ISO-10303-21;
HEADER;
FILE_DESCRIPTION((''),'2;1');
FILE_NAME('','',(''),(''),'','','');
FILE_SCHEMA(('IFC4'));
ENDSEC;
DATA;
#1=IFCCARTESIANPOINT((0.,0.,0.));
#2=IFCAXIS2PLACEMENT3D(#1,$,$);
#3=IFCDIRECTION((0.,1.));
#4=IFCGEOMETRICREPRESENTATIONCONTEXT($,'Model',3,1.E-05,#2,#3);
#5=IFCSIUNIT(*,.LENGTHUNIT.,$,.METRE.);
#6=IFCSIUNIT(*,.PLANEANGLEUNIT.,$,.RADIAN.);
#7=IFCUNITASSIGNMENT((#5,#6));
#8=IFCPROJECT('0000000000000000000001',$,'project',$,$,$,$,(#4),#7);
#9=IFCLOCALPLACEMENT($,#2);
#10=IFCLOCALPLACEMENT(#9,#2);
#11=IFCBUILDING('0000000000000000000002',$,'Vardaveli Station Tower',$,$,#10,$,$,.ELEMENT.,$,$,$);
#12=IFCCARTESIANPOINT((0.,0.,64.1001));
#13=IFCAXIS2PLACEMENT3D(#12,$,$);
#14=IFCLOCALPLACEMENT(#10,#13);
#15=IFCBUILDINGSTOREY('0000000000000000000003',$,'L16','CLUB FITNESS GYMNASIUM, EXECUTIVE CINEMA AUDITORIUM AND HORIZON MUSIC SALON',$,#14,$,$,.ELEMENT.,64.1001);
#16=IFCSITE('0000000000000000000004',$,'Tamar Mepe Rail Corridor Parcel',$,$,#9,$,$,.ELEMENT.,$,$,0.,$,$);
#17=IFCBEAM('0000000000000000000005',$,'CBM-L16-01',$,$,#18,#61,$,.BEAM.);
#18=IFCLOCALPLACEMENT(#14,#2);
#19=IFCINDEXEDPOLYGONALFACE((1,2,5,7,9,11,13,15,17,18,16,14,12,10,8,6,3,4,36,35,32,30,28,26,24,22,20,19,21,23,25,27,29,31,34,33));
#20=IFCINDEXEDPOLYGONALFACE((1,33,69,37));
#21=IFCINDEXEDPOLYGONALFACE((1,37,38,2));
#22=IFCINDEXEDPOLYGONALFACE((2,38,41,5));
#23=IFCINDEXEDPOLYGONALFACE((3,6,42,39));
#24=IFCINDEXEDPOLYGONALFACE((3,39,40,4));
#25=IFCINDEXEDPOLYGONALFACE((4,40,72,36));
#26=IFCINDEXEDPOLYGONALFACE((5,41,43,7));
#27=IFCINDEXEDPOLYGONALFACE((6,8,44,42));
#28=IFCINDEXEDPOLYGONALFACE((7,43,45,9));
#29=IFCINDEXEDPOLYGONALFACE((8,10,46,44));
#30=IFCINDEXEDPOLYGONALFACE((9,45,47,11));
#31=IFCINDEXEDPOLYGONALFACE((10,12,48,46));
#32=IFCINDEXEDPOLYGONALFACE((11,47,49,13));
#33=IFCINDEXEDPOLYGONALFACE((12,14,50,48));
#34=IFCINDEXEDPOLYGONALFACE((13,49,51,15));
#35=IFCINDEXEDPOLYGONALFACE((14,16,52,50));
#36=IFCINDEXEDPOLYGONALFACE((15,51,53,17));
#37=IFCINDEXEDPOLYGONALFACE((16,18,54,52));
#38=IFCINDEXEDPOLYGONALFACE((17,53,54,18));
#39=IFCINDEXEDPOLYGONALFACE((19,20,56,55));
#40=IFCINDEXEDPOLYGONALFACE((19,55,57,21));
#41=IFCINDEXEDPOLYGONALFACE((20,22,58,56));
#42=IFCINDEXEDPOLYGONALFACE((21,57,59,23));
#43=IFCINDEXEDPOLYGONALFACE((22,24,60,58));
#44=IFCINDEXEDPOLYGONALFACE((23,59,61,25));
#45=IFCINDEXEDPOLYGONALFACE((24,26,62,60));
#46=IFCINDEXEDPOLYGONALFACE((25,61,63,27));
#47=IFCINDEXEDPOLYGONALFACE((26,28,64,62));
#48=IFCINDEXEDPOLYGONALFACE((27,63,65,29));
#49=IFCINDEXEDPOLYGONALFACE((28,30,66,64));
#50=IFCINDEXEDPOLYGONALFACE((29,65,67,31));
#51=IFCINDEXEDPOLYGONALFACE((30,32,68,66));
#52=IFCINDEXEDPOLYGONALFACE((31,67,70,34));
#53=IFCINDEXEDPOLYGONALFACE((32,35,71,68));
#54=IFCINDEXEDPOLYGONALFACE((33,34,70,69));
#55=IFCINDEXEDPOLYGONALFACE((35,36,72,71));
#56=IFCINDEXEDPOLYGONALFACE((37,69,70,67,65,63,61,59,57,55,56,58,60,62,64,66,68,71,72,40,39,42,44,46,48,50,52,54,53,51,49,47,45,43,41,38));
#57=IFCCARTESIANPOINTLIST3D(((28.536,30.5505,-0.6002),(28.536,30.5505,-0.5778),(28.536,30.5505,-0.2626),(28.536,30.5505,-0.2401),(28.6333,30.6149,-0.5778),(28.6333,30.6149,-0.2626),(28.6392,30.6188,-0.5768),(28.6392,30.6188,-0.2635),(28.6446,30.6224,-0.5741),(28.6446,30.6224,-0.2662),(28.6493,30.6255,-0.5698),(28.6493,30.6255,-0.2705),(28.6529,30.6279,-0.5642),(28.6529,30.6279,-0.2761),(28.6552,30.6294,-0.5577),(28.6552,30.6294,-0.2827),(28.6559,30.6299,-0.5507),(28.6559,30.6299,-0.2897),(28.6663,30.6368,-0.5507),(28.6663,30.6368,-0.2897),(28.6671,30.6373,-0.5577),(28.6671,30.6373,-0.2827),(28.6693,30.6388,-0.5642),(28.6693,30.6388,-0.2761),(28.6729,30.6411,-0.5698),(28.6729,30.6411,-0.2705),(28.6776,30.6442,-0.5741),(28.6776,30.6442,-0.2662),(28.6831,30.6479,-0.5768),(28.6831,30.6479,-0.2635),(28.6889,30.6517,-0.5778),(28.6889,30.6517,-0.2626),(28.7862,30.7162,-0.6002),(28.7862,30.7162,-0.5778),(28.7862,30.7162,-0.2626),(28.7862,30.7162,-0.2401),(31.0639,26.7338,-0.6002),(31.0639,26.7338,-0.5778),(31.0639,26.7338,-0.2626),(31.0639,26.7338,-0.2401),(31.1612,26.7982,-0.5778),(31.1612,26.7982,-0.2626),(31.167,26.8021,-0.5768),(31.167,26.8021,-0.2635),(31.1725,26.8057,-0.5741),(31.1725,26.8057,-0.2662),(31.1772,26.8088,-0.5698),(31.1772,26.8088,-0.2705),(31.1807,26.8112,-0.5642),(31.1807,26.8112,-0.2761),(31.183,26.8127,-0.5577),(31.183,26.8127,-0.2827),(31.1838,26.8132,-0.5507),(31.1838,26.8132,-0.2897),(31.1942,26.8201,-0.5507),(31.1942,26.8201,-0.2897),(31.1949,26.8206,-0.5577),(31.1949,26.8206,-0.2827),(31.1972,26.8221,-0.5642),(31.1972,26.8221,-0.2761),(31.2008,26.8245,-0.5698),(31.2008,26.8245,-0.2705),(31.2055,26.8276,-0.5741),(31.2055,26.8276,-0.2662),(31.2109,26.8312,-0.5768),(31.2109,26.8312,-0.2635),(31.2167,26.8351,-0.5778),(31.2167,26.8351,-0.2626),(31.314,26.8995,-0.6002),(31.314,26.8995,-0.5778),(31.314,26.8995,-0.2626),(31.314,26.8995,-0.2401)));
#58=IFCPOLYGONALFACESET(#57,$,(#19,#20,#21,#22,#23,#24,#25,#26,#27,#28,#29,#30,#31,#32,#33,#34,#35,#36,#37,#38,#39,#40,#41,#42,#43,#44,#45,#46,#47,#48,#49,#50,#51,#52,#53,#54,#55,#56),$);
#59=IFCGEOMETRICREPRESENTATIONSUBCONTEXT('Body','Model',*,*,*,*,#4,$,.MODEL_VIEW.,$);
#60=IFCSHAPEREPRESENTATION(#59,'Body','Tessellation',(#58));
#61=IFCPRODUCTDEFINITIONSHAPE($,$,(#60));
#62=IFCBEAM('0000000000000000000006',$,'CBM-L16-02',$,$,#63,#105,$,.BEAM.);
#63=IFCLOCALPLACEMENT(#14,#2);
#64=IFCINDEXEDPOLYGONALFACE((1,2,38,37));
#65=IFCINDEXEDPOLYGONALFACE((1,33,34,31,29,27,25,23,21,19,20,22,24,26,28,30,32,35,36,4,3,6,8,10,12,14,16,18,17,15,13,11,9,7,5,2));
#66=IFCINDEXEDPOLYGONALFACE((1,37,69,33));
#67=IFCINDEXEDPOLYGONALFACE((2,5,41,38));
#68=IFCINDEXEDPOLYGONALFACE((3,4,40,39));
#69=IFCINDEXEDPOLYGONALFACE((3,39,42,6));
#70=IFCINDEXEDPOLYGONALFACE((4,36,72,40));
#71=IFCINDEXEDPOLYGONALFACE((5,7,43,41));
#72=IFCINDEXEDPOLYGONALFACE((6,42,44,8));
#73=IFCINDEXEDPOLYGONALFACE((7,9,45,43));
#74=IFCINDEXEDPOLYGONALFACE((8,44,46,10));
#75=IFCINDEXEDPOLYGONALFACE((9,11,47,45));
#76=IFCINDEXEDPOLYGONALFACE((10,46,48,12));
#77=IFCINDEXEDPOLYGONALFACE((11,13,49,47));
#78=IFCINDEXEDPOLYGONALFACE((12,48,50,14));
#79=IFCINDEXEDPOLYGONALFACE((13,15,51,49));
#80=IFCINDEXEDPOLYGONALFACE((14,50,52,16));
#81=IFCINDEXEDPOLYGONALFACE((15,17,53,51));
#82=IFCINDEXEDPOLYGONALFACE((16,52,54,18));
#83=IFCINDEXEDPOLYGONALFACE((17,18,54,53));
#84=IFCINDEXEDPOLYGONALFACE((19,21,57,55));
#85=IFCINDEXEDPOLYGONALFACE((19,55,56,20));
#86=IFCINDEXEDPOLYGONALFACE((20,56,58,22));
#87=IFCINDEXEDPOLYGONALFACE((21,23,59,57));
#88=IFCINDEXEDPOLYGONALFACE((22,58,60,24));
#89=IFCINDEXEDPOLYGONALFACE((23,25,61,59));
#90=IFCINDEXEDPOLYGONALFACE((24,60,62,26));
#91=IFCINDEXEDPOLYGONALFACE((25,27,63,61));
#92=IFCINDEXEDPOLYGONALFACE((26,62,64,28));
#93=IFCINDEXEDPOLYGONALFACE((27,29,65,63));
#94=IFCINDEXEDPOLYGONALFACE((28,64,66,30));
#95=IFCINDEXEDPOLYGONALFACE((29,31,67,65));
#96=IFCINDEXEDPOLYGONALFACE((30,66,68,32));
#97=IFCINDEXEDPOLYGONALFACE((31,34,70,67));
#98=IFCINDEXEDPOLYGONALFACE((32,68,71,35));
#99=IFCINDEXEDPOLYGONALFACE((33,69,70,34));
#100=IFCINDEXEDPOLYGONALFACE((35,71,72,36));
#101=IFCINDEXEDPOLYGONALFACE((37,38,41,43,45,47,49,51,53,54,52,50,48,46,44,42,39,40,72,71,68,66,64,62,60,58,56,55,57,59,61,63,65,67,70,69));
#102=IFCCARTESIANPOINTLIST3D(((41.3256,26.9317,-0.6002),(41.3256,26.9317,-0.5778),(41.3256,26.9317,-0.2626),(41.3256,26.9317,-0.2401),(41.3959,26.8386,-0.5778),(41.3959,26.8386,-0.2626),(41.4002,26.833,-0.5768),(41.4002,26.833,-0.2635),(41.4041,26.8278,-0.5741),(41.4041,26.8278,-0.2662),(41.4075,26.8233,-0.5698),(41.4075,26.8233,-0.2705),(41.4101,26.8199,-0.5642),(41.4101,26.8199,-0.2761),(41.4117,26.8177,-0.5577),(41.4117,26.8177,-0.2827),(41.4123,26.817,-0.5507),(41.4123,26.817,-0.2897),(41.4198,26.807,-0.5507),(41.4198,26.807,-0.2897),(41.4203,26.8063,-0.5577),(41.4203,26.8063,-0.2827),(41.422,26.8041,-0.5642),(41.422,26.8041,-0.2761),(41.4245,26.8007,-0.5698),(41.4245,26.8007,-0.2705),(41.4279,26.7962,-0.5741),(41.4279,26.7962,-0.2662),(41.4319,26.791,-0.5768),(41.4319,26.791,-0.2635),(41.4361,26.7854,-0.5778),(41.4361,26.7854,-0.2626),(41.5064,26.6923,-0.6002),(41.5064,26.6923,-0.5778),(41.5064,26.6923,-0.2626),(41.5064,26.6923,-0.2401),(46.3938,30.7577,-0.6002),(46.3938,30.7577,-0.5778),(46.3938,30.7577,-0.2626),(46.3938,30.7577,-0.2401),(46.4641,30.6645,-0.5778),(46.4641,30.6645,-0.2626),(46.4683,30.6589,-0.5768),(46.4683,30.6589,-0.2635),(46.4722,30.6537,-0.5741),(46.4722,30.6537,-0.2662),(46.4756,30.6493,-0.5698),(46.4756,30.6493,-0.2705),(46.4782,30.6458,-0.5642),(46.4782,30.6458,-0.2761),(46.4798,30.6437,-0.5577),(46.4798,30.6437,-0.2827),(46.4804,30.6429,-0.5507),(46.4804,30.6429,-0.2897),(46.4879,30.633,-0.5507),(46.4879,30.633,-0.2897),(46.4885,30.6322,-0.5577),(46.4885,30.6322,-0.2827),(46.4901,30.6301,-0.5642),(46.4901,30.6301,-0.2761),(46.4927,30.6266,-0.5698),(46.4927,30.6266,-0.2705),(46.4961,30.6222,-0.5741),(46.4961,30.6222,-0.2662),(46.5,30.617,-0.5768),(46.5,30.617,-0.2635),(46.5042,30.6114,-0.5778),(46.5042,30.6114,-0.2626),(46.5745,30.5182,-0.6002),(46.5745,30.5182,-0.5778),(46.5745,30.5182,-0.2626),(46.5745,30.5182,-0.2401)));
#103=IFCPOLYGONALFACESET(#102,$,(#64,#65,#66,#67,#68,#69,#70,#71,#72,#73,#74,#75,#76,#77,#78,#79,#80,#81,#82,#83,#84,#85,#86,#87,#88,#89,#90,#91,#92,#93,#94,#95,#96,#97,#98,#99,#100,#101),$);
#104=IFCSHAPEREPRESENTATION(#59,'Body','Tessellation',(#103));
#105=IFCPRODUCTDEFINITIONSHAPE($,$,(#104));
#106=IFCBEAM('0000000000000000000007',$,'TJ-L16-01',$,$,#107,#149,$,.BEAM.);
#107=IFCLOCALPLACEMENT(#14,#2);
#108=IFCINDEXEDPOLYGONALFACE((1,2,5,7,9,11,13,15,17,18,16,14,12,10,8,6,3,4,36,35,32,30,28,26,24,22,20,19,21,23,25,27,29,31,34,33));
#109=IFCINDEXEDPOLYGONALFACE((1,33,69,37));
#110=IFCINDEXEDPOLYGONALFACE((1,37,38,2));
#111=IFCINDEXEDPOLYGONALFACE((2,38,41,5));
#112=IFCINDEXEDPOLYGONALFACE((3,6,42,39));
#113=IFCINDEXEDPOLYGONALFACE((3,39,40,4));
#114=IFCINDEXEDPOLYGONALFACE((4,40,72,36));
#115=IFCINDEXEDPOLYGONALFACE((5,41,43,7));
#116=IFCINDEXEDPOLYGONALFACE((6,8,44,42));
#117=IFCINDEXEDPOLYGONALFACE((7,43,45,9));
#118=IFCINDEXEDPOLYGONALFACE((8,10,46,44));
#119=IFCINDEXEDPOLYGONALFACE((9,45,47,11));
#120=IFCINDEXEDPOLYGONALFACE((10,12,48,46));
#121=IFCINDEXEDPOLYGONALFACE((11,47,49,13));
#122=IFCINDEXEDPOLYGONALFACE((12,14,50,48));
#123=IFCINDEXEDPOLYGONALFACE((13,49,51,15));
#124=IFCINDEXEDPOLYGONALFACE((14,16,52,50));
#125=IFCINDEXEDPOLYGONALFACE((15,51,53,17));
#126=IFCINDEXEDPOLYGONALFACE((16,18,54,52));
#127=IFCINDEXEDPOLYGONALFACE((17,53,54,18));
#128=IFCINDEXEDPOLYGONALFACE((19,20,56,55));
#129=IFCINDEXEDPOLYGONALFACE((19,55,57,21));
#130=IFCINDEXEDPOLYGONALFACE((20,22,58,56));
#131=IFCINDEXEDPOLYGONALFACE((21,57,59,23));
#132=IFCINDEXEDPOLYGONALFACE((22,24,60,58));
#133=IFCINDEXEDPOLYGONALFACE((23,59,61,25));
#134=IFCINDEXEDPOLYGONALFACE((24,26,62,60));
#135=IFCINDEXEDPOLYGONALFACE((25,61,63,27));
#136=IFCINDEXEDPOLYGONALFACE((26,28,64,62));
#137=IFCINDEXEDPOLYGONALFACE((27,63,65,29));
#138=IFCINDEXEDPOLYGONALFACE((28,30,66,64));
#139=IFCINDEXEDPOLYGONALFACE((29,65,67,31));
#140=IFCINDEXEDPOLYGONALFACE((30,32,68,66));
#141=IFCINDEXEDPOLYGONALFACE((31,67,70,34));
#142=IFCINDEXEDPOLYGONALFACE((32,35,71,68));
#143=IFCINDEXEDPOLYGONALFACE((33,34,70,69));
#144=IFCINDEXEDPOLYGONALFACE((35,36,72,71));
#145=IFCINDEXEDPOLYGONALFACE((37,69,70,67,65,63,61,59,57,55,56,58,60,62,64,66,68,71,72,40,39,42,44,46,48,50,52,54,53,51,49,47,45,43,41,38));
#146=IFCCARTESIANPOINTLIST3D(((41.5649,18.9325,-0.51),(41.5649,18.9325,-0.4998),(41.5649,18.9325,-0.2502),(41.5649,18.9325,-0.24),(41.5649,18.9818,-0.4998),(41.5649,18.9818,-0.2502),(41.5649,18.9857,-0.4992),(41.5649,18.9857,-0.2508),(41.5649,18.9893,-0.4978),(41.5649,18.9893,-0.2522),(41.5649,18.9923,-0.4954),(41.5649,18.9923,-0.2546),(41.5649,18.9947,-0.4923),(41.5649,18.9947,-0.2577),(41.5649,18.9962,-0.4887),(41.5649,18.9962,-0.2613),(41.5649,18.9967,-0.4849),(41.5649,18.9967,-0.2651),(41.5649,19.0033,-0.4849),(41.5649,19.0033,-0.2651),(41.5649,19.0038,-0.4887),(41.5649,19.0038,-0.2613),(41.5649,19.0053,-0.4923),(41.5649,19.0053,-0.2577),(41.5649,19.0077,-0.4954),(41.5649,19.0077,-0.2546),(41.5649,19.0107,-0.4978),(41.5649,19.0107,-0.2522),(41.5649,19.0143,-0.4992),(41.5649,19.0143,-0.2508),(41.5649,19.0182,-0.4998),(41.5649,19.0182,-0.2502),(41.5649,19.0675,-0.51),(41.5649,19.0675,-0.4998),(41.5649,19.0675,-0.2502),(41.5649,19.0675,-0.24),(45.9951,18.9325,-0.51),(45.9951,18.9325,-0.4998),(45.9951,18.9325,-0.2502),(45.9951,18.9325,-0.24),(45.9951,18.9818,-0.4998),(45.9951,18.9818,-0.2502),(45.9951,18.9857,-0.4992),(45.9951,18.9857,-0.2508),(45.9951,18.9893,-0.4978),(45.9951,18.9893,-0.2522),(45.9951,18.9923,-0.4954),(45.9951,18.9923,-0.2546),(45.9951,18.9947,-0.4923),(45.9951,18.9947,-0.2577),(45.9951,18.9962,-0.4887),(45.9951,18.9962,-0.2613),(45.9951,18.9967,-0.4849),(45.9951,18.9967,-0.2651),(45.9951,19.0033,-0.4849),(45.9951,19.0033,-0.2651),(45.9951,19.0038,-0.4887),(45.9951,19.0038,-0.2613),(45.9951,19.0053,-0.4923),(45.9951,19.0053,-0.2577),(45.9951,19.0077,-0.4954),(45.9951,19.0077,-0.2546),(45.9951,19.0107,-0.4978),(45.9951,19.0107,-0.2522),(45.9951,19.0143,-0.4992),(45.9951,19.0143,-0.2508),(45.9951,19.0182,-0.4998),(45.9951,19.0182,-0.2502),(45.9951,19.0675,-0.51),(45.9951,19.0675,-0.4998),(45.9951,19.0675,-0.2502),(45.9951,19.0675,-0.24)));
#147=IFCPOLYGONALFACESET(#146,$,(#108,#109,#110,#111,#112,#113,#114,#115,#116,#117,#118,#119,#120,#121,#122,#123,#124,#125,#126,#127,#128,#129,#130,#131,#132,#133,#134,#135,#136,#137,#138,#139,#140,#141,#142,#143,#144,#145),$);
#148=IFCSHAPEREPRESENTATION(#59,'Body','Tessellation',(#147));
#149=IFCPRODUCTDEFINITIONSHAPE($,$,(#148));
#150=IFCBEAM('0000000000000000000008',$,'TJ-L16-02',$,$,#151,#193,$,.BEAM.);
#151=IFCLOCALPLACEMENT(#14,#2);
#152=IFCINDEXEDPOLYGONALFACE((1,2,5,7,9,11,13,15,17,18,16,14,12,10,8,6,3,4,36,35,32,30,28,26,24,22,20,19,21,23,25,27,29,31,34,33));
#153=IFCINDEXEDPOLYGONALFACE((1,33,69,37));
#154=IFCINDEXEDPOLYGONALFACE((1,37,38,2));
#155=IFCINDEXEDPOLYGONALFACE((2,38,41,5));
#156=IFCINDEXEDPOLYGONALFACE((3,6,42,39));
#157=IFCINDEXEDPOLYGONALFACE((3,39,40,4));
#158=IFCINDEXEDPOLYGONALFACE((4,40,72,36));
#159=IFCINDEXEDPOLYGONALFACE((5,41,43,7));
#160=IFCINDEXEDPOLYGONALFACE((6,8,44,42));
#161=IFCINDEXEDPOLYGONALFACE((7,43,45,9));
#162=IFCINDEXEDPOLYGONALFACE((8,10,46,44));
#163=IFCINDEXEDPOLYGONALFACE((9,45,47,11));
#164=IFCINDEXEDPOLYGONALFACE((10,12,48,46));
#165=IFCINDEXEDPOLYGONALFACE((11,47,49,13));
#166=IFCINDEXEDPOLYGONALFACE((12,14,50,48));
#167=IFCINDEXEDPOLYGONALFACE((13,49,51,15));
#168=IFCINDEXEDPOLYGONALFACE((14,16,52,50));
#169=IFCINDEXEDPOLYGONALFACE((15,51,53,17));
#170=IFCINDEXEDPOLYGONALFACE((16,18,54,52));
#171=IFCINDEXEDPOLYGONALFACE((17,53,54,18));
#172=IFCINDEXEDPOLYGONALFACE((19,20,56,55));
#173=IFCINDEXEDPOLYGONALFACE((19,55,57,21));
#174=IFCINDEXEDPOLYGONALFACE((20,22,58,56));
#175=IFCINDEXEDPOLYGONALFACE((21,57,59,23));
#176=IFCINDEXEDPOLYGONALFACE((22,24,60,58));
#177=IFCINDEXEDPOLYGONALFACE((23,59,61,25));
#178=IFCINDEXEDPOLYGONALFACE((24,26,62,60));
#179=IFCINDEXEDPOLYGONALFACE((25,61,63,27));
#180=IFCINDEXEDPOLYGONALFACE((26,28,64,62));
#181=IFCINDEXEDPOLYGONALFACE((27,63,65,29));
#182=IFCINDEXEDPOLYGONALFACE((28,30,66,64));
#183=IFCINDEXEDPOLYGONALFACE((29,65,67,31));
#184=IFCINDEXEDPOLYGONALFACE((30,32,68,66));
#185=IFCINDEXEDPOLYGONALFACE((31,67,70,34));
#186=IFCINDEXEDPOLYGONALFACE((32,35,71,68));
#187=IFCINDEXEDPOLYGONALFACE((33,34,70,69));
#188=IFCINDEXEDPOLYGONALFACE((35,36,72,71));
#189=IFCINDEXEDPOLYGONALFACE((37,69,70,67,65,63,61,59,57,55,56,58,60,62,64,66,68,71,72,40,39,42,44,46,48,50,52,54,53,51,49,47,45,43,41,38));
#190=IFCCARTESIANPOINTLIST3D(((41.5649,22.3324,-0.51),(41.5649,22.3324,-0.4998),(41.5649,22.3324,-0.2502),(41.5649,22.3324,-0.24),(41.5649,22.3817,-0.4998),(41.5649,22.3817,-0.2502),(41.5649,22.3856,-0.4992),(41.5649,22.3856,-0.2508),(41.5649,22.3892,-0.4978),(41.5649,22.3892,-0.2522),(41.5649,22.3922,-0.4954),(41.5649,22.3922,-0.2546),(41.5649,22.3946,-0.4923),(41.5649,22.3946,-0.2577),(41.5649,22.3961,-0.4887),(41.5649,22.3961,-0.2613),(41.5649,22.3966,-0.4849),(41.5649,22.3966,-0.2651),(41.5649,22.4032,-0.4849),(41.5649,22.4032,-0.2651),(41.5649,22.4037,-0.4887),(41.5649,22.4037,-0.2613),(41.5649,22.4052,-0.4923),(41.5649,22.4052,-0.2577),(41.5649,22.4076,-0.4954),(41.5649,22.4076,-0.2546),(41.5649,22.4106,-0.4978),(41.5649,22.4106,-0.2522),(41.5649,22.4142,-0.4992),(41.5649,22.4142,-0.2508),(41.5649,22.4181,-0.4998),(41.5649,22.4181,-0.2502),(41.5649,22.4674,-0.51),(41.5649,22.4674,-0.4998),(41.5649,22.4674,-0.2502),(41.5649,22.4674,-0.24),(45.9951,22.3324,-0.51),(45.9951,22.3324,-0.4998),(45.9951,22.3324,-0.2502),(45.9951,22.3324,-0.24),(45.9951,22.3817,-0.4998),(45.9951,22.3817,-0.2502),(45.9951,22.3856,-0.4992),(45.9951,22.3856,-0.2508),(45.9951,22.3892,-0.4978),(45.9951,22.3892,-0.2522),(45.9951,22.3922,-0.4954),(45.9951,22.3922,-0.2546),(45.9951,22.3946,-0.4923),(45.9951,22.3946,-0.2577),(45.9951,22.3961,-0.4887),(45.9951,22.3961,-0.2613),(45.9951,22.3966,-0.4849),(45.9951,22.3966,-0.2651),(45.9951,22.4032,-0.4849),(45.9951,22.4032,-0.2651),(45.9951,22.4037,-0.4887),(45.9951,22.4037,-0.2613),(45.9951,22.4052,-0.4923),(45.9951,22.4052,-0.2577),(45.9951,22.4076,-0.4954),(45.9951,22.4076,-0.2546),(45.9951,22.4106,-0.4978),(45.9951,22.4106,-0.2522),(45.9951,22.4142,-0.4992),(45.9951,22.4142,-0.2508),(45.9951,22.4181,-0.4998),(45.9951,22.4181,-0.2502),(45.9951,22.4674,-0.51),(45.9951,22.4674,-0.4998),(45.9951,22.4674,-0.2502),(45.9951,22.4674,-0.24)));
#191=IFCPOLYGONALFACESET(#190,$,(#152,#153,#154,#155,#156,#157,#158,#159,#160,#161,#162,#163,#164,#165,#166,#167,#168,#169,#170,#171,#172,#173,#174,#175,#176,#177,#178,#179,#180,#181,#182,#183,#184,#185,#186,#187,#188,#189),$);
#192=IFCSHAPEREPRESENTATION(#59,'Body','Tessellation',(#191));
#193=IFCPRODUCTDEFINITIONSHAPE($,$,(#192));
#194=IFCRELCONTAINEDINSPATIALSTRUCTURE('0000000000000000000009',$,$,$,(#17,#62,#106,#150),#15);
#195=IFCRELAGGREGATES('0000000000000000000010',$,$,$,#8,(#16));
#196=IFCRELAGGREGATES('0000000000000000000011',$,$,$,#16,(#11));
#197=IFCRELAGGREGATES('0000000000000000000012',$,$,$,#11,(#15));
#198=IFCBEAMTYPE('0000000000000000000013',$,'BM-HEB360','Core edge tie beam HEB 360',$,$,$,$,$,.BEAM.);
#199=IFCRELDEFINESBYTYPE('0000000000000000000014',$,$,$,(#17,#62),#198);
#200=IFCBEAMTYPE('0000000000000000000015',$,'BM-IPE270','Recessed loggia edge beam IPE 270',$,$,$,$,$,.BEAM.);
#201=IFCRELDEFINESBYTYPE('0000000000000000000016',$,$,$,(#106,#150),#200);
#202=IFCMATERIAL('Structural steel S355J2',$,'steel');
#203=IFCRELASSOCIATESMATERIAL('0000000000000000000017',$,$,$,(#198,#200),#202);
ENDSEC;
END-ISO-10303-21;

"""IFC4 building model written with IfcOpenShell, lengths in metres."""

from ifc_helpers import new_model, si_unit, direction, frame, origin, origin_2d, place, context, subcontext, project, spatial, i_section, extrude, source, transform, mapped, material, material_profile, profile_set, type_object, element, save


model = new_model("IFC4")

# Units and contexts
model_context = context("Model", 3, precision=1e-05, world=origin(), true_north=direction((0.0, 1.0)))
body_context = subcontext(model_context, "Body", "Model", "MODEL_VIEW")
ifc_project = project(units=[si_unit("LENGTHUNIT", "METRE"), si_unit("PLANEANGLEUNIT", "RADIAN")], contexts=[model_context])

# Site, building, storey
site_placement = place(None, origin())
site = spatial("IfcSite", under=ifc_project, at=site_placement, Name="Tamar Mepe Rail Corridor Parcel", CompositionType="ELEMENT", RefElevation=0.0)
building_placement = place(site_placement, origin())
building = spatial("IfcBuilding", under=site, at=building_placement, Name="Vardaveli Station Tower", CompositionType="ELEMENT")
storey_placement = place(building_placement, frame((0.0, 0.0, 64.1001)))
storey = spatial("IfcBuildingStorey", under=building, at=storey_placement, Name="L16", Description="CLUB FITNESS GYMNASIUM, EXECUTIVE CINEMA AUDITORIUM AND HORIZON MUSIC SALON", CompositionType="ELEMENT", Elevation=64.1001)

# Beams
ifc_material_1 = material(Name="Structural steel S355J2", Category="steel")
ifc_material_profile_1 = material_profile(ifc_material_1, i_section(OverallWidth=0.3, OverallDepth=0.3601, WebThickness=0.0125, FlangeThickness=0.0225, FilletRadius=0.0271, at=origin_2d()), Name="HEB 360")
ifc_profile_set_1 = profile_set([ifc_material_profile_1], Name="Structural steel S355J2")
beam_type_1 = type_object("IfcBeamType", Name="BM-HEB360", Description="Core edge tie beam HEB 360", PredefinedType="BEAM", material=ifc_profile_set_1)
shared_shape_1 = source(origin(), body_context, "Body", "SweptSolid", [
    extrude(i_section(OverallWidth=0.3, OverallDepth=0.3601, WebThickness=0.0125, FlangeThickness=0.0225, FilletRadius=0.0271, at=origin_2d()), origin(), (0.0, 0.0, 1.0), 4.5779),
])
beam_1_placement = place(storey_placement, frame((31.189, 26.8167, -0.4202), z_axis=(-0.552187, 0.83372, 0.0), x_axis=(-0.83372, -0.552187, 0.0)))
element("IfcBeam", 1, at=beam_1_placement, inside=storey, type_object=beam_type_1, Name="CBM-L16-01", PredefinedType="BEAM", context=body_context, shape_type="MappedRepresentation", body=[
    mapped(shared_shape_1, transform((0.0, 0.0, 0.0), scale=1.0)),
])
shared_shape_2 = source(origin(), body_context, "Body", "SweptSolid", [
    extrude(i_section(OverallWidth=0.3, OverallDepth=0.3601, WebThickness=0.0125, FlangeThickness=0.0225, FilletRadius=0.0271, at=origin_2d()), origin(), (0.0, 0.0, 1.0), 6.3501),
])
beam_2_placement = place(storey_placement, frame((41.416, 26.812, -0.4202), z_axis=(0.798118, 0.602501, 0.0), x_axis=(-0.602501, 0.798118, 0.0)))
element("IfcBeam", 2, at=beam_2_placement, inside=storey, type_object=beam_type_1, Name="CBM-L16-02", PredefinedType="BEAM", context=body_context, shape_type="MappedRepresentation", body=[
    mapped(shared_shape_2, transform((0.0, 0.0, 0.0), scale=1.0)),
])
ifc_material_profile_2 = material_profile(ifc_material_1, i_section(OverallWidth=0.135, OverallDepth=0.27, WebThickness=0.0066, FlangeThickness=0.0103, FilletRadius=0.0149, at=origin_2d()), Name="IPE 270")
ifc_profile_set_2 = profile_set([ifc_material_profile_2], Name="Structural steel S355J2")
beam_type_2 = type_object("IfcBeamType", Name="BM-IPE270", Description="Recessed loggia edge beam IPE 270", PredefinedType="BEAM", material=ifc_profile_set_2)
shared_shape_3 = source(origin(), body_context, "Body", "SweptSolid", [
    extrude(i_section(OverallWidth=0.135, OverallDepth=0.27, WebThickness=0.0066, FlangeThickness=0.0103, FilletRadius=0.0149, at=origin_2d()), origin(), (0.0, 0.0, 1.0), 4.4302),
])
for number, where, z_axis, x_axis, name in (
    (3, (41.5649, 19.0, -0.375), (1.0, 0.0, 0.0), (0.0, 1.0, 0.0), "TJ-L16-01"),
    (4, (41.5649, 22.3999, -0.375), (1.0, 0.0, 0.0), (0.0, 1.0, 0.0), "TJ-L16-02"),
):
    element("IfcBeam", number, at=place(storey_placement, frame(where, z_axis=z_axis, x_axis=x_axis)), inside=storey, type_object=beam_type_2, Name=name, PredefinedType="BEAM", context=body_context, shape_type="MappedRepresentation", body=[
        mapped(shared_shape_3, transform((0.0, 0.0, 0.0), scale=1.0)),
    ])

save(model, "model.ifc")
